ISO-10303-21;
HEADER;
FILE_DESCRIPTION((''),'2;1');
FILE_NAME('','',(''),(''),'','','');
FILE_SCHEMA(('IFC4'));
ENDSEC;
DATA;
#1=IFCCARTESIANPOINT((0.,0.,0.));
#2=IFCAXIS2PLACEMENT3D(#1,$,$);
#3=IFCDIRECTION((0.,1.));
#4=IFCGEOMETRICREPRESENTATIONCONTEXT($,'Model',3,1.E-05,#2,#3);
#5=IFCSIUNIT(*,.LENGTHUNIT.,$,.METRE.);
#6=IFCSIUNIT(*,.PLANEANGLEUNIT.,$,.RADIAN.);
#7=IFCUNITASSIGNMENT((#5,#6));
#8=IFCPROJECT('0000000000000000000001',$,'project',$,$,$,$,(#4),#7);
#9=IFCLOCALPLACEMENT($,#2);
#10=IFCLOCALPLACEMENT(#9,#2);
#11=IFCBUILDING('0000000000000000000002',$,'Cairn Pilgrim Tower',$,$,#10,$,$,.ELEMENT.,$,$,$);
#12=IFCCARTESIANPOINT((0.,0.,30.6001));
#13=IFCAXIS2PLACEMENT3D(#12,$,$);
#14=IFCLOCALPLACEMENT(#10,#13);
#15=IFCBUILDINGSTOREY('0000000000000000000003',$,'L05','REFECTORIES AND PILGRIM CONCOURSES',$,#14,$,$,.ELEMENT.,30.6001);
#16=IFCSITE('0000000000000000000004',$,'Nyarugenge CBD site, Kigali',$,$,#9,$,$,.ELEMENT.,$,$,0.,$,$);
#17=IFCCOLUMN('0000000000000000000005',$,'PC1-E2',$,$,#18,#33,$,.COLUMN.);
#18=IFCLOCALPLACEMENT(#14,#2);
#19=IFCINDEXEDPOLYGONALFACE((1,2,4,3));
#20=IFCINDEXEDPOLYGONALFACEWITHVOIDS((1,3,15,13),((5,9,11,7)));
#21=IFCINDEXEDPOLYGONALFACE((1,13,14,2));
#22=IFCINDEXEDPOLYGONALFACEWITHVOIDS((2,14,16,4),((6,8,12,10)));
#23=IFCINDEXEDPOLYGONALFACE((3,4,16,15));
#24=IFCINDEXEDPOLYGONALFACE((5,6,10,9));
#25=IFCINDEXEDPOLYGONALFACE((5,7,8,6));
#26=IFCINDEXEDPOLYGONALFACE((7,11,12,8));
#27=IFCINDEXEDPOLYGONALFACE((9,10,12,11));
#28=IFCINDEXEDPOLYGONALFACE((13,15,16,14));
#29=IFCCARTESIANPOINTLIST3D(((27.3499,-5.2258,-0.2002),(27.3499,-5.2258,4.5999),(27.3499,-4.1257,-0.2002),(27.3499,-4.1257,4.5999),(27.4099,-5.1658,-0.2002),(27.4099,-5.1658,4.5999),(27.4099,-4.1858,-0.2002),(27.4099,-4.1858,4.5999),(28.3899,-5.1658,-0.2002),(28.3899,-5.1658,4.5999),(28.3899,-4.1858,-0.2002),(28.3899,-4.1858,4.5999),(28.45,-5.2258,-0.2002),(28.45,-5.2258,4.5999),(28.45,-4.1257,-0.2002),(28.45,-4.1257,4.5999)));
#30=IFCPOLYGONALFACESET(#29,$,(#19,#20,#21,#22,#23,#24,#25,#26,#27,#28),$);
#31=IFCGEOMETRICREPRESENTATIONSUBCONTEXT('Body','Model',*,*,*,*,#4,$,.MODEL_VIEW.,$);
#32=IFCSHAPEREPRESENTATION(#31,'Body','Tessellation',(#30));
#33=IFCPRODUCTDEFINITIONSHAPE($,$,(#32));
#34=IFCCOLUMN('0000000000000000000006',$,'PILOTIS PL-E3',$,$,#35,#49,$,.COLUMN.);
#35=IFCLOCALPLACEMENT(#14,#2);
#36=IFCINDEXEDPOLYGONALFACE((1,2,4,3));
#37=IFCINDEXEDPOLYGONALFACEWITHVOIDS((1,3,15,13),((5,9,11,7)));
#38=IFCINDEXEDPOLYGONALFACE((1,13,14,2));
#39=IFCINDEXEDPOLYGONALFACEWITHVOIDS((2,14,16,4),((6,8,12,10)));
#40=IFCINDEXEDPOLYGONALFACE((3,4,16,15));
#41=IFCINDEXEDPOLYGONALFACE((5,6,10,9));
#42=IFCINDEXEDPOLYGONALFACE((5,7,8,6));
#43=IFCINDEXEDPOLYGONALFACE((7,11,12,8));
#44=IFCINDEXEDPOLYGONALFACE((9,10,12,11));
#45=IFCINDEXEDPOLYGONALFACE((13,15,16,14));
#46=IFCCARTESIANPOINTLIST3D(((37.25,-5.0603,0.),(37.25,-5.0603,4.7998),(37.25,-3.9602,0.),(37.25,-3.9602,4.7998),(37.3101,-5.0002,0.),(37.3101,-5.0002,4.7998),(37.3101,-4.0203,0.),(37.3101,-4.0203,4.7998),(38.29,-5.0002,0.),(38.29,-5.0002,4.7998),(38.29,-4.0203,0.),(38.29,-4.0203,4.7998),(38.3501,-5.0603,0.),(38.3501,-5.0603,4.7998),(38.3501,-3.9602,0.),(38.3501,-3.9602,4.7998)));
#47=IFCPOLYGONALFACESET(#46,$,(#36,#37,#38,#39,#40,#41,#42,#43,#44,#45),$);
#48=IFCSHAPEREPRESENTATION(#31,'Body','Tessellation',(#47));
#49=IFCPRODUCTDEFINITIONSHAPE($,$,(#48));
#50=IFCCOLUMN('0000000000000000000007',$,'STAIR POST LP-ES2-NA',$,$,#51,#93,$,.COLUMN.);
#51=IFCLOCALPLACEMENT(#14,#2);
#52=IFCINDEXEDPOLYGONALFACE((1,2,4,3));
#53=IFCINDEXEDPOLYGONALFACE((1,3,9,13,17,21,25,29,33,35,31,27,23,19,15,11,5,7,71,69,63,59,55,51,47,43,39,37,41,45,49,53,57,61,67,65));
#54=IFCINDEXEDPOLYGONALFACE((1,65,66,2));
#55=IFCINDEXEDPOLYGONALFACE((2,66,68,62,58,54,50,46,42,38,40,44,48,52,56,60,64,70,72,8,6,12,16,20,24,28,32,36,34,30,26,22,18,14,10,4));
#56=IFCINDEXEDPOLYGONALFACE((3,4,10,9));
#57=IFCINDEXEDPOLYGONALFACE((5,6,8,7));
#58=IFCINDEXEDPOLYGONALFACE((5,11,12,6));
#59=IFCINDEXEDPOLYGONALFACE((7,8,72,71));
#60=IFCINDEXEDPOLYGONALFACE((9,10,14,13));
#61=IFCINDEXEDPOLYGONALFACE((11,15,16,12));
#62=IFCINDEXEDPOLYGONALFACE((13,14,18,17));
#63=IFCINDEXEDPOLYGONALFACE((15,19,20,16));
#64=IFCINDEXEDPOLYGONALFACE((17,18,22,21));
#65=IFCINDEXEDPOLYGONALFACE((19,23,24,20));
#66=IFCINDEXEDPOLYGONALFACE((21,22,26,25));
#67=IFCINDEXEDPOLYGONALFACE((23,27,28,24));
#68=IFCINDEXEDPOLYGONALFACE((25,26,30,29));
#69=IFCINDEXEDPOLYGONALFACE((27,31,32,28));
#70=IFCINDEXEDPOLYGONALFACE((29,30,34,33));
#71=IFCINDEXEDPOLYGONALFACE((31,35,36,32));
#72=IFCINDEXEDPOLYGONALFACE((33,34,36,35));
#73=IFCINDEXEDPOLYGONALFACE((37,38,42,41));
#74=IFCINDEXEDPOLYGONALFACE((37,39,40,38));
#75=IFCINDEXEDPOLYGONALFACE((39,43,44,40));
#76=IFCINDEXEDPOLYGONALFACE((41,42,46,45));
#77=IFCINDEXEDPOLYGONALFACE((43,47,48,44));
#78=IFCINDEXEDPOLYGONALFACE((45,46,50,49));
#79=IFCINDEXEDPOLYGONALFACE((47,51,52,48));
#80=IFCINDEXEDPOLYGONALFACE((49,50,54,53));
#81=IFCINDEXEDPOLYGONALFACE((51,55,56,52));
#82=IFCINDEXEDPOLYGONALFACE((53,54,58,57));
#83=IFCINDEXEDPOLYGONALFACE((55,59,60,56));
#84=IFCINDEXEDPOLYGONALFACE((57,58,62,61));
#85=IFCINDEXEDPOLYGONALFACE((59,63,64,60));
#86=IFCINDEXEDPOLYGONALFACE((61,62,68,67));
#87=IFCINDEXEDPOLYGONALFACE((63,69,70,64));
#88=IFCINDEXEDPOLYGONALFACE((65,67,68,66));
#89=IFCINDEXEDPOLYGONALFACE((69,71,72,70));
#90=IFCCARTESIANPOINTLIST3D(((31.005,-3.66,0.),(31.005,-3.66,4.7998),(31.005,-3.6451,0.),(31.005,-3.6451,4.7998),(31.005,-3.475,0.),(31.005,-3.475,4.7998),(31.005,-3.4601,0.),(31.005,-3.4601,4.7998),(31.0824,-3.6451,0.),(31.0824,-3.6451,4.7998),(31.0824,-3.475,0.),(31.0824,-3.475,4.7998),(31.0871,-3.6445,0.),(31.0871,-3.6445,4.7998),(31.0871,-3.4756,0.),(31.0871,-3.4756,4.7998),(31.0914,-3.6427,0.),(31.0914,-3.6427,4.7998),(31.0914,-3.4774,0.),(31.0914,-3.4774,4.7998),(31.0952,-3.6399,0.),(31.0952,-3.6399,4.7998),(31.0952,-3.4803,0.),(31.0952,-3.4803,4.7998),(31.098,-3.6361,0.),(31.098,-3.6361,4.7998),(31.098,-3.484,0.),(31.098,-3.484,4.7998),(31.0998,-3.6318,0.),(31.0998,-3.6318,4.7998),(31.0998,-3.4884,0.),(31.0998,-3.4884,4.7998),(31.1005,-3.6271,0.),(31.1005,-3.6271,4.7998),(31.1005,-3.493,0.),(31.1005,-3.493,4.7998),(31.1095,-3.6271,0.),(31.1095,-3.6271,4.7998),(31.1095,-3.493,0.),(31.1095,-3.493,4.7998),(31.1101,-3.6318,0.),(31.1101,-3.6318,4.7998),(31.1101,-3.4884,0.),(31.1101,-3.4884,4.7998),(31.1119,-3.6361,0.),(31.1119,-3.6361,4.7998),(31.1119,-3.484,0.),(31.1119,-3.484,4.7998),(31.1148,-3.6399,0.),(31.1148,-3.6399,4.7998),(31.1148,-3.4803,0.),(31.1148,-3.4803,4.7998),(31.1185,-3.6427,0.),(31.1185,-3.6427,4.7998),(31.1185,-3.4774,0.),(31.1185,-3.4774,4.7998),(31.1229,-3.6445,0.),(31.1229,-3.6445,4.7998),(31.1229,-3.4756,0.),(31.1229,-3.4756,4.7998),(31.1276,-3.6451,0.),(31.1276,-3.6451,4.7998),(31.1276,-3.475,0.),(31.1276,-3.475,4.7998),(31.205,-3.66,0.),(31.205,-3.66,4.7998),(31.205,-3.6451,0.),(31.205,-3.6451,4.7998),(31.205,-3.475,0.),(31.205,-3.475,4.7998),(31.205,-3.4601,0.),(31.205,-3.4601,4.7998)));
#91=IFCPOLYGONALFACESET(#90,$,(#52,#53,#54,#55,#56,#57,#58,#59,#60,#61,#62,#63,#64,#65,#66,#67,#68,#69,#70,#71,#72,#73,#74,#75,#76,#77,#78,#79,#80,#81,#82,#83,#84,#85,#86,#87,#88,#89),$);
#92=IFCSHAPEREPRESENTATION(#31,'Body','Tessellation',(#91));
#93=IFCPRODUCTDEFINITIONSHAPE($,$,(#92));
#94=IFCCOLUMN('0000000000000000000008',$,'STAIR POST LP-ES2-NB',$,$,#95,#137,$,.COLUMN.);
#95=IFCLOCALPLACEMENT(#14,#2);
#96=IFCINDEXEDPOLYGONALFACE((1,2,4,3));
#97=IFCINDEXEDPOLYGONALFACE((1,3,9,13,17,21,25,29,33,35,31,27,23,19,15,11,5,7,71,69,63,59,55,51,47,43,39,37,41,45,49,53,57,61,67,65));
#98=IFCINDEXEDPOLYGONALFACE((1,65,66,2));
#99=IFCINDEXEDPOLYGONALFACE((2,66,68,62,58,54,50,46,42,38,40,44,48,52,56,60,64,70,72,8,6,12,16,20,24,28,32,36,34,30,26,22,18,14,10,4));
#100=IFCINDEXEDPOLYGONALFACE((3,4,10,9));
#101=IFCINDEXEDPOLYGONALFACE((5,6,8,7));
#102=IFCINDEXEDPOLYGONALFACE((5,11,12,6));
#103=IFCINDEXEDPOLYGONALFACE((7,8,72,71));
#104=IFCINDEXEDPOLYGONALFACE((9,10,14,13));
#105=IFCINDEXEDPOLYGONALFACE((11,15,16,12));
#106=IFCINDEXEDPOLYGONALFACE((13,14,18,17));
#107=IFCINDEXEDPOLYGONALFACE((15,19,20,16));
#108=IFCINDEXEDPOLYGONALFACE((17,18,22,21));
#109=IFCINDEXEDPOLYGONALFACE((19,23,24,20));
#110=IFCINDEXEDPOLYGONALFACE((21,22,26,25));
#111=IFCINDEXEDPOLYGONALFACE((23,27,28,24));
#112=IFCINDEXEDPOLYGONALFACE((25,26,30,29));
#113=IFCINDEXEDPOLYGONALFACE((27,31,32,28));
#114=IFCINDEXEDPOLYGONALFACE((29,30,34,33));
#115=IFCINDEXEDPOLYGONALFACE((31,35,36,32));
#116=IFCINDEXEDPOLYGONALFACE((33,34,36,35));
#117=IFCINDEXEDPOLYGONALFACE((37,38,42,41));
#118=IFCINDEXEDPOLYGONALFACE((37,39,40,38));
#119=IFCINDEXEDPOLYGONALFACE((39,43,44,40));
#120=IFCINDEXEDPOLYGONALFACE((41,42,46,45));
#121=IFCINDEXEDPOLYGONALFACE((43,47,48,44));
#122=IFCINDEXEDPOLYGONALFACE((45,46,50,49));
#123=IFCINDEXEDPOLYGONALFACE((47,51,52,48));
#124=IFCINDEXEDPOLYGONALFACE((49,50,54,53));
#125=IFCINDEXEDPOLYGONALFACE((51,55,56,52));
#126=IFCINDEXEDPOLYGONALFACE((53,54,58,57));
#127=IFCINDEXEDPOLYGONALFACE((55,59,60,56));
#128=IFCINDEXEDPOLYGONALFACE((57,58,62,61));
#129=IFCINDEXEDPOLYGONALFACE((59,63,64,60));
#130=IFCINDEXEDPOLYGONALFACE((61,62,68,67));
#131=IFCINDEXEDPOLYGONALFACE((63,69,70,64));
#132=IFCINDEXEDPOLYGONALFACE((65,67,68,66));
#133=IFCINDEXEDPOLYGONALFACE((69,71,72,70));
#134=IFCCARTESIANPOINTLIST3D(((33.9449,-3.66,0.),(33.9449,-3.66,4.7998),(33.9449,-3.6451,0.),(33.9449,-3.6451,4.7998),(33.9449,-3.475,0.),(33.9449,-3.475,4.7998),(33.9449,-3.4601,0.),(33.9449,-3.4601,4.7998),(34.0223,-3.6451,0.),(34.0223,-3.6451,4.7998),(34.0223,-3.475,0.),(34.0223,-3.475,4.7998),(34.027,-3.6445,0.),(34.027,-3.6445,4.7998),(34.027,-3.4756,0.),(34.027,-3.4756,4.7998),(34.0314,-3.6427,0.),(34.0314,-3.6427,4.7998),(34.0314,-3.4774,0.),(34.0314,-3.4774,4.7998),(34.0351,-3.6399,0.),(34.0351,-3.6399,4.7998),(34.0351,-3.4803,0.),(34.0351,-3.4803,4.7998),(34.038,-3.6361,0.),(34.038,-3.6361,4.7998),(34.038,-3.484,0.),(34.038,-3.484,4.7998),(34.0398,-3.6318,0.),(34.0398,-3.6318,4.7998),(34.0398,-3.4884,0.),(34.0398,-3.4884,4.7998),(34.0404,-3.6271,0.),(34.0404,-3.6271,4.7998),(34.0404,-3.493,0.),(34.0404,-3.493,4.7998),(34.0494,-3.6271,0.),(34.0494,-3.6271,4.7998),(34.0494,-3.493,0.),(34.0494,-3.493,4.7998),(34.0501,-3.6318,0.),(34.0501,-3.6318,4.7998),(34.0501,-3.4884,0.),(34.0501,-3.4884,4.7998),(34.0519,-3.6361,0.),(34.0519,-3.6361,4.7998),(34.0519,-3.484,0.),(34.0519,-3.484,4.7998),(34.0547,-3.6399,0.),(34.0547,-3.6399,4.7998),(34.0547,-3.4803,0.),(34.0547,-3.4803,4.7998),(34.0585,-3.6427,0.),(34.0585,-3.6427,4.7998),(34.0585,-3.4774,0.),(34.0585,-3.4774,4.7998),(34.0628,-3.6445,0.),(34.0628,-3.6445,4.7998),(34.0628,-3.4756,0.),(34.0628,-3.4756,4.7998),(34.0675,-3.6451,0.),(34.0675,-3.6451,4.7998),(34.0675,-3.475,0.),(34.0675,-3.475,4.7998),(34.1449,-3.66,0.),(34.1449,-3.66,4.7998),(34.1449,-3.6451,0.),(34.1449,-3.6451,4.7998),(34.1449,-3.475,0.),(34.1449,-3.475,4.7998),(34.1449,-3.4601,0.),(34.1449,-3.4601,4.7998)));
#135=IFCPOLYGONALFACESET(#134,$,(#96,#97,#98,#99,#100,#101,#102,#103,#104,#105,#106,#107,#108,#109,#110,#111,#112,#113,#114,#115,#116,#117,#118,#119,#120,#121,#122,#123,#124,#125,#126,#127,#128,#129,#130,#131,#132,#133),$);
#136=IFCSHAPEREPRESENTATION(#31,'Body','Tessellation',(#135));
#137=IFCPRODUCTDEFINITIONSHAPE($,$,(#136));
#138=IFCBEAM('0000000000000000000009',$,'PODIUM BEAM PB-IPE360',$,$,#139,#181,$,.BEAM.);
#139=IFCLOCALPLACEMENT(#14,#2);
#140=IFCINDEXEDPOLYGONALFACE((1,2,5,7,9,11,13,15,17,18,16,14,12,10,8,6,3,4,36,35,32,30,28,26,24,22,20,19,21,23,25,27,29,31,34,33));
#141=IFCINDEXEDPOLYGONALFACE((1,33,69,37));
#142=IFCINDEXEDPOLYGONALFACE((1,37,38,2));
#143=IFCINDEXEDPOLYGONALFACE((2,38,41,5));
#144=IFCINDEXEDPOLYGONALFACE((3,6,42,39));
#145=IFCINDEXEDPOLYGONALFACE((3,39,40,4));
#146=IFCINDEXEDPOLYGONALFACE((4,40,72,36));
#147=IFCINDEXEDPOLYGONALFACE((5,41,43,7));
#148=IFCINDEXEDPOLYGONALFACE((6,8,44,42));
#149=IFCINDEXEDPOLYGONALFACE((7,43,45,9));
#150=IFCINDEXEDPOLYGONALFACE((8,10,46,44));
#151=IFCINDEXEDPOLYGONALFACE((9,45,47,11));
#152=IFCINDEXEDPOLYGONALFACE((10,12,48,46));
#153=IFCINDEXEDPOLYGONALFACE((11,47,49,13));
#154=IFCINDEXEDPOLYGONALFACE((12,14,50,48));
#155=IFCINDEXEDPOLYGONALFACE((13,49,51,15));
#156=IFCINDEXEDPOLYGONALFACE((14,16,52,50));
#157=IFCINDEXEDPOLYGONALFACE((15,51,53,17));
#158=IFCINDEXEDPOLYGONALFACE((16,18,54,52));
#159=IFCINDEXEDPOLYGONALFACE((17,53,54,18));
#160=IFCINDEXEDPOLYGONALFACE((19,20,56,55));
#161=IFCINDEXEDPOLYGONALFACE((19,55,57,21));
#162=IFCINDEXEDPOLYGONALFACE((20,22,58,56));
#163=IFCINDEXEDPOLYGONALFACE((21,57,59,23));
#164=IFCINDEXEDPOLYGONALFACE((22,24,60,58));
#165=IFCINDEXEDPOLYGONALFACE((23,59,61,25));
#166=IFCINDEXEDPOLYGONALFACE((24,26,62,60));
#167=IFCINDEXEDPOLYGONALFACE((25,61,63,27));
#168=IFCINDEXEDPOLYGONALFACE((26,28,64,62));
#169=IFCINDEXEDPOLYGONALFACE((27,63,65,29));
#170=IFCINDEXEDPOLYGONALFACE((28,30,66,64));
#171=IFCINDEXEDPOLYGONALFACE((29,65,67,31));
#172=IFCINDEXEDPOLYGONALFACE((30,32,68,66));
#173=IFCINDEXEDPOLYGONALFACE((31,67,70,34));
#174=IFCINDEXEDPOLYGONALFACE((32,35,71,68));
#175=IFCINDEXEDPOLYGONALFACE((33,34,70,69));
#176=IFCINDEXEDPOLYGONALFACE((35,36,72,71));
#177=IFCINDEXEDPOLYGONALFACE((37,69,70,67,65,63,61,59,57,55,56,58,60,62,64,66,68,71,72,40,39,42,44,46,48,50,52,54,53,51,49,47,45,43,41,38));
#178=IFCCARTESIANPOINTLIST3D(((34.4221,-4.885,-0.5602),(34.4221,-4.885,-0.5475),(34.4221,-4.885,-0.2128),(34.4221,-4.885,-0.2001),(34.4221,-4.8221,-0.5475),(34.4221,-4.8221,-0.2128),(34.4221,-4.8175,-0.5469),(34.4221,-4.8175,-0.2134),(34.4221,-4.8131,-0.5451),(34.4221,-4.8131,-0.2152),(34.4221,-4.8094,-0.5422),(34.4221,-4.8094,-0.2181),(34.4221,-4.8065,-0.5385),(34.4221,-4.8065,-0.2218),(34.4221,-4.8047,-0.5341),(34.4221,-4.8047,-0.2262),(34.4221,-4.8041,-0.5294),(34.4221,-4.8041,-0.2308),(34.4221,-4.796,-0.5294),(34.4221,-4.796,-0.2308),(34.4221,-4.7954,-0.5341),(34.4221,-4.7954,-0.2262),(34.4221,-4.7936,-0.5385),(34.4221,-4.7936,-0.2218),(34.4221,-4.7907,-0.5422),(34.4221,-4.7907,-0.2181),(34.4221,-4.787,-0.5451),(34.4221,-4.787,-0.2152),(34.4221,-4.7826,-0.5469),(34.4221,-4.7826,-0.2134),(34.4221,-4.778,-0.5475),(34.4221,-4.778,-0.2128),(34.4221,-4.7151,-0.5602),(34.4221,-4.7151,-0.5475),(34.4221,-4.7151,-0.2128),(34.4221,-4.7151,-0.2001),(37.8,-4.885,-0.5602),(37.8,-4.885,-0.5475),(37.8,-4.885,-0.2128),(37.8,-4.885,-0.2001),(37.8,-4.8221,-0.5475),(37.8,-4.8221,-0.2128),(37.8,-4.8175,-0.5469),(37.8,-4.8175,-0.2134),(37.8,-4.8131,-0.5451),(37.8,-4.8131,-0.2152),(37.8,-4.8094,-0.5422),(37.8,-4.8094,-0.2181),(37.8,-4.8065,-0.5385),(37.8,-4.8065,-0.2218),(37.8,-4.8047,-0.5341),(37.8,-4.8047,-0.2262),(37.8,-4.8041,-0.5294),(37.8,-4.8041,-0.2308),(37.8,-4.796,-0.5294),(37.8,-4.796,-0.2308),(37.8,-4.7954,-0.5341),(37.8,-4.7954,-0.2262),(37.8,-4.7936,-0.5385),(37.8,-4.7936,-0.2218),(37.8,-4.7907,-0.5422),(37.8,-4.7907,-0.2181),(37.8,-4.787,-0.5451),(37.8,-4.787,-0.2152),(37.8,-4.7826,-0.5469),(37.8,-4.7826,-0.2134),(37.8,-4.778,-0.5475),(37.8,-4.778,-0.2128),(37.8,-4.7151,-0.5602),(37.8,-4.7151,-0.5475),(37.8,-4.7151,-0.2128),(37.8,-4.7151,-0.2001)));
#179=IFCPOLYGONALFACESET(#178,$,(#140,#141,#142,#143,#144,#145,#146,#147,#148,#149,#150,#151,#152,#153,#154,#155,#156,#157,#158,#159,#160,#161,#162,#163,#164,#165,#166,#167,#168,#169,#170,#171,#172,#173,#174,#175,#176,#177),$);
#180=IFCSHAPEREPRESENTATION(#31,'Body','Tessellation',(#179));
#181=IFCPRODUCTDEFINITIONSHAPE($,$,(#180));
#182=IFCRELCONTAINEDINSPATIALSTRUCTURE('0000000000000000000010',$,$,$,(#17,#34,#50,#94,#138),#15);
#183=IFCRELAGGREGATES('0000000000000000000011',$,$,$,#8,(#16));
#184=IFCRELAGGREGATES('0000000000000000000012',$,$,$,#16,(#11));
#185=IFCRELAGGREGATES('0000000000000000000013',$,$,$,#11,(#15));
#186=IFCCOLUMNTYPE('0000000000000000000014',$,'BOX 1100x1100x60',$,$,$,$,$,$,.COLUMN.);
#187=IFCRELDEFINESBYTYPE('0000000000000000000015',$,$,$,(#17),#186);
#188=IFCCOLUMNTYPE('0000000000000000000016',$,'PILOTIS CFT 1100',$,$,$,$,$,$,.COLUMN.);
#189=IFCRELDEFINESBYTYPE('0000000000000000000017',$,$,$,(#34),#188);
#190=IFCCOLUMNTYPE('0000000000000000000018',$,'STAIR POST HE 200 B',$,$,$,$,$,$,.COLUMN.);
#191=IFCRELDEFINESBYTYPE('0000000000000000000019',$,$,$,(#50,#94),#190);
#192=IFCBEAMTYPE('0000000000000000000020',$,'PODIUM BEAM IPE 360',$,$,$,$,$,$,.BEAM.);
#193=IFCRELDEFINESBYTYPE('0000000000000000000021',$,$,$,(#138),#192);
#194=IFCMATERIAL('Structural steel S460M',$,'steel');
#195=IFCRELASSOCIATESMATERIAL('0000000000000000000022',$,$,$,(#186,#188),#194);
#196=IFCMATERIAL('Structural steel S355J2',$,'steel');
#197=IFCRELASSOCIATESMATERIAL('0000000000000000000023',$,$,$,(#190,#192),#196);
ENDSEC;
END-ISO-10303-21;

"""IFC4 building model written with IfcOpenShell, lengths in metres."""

from ifc_helpers import new_model, si_unit, direction, frame, origin, origin_2d, place, context, subcontext, project, spatial, hollow_rectangle, i_section, extrude, material, material_profile, profile_set, type_object, element, save


model = new_model("IFC4")

# Units and contexts
model_context = context("Model", 3, precision=1e-05, world=origin(), true_north=direction((0.0, 1.0)))
body_context = subcontext(model_context, "Body", "Model", "MODEL_VIEW")
ifc_project = project(units=[si_unit("LENGTHUNIT", "METRE"), si_unit("PLANEANGLEUNIT", "RADIAN")], contexts=[model_context])

# Site, building, storey
site_placement = place(None, origin())
site = spatial("IfcSite", under=ifc_project, at=site_placement, Name="Nyarugenge CBD site, Kigali", CompositionType="ELEMENT", RefElevation=0.0)
building_placement = place(site_placement, origin())
building = spatial("IfcBuilding", under=site, at=building_placement, Name="Cairn Pilgrim Tower", CompositionType="ELEMENT")
storey_placement = place(building_placement, frame((0.0, 0.0, 30.6001)))
storey = spatial("IfcBuildingStorey", under=building, at=storey_placement, Name="L05", Description="REFECTORIES AND PILGRIM CONCOURSES", CompositionType="ELEMENT", Elevation=30.6001)

# Columns
ifc_material_1 = material(Name="Structural steel S460M", Category="steel")
ifc_material_profile_1 = material_profile(ifc_material_1, hollow_rectangle(XDim=1.1001, YDim=1.1001, WallThickness=0.0601, at=origin_2d()), Name="BOX 1100x1100x60")
ifc_profile_set_1 = profile_set([ifc_material_profile_1], Name="Structural steel S460M")
column_type_1 = type_object("IfcColumnType", Name="BOX 1100x1100x60", PredefinedType="COLUMN", material=ifc_profile_set_1)
column_1_placement = place(storey_placement, frame((27.8999, -4.6758, -0.2002), z_axis=(0.0, 0.0, 1.0), x_axis=(1.0, 0.0, 0.0)))
element("IfcColumn", 1, at=column_1_placement, inside=storey, type_object=column_type_1, Name="PC1-E2", PredefinedType="COLUMN", context=body_context, shape_type="SweptSolid", body=[
    extrude(hollow_rectangle(XDim=1.1001, YDim=1.1001, WallThickness=0.0601, at=origin_2d()), origin(), (0.0, 0.0, 1.0), 4.8),
])
ifc_material_profile_2 = material_profile(ifc_material_1, hollow_rectangle(XDim=1.1001, YDim=1.1001, WallThickness=0.0601, at=origin_2d()), Name="BOX 1100x1100x60")
ifc_profile_set_2 = profile_set([ifc_material_profile_2], Name="Structural steel S460M")
column_type_2 = type_object("IfcColumnType", Name="PILOTIS CFT 1100", PredefinedType="COLUMN", material=ifc_profile_set_2)
column_2_placement = place(storey_placement, frame((37.8, -4.5103, 0.0), z_axis=(0.0, 0.0, 1.0), x_axis=(1.0, 0.0, 0.0)))
element("IfcColumn", 2, at=column_2_placement, inside=storey, type_object=column_type_2, Name="PILOTIS PL-E3", PredefinedType="COLUMN", context=body_context, shape_type="SweptSolid", body=[
    extrude(hollow_rectangle(XDim=1.1001, YDim=1.1001, WallThickness=0.0601, at=origin_2d()), origin(), (0.0, 0.0, 1.0), 4.7998),
])
ifc_material_2 = material(Name="Structural steel S355J2", Category="steel")
ifc_material_profile_3 = material_profile(ifc_material_2, i_section(OverallWidth=0.2, OverallDepth=0.2, WebThickness=0.009, FlangeThickness=0.0149, FilletRadius=0.0181, at=origin_2d()), Name="HE 200 B")
ifc_profile_set_3 = profile_set([ifc_material_profile_3], Name="Structural steel S355J2")
column_type_3 = type_object("IfcColumnType", Name="STAIR POST HE 200 B", PredefinedType="COLUMN", material=ifc_profile_set_3)
for number, where, z_axis, x_axis, name in (
    (3, (31.105, -3.5601, 0.0), (0.0, 0.0, 1.0), (1.0, 0.0, 0.0), "STAIR POST LP-ES2-NA"),
    (4, (34.0449, -3.5601, 0.0), (0.0, 0.0, 1.0), (1.0, 0.0, 0.0), "STAIR POST LP-ES2-NB"),
):
    element("IfcColumn", number, at=place(storey_placement, frame(where, z_axis=z_axis, x_axis=x_axis)), inside=storey, type_object=column_type_3, Name=name, PredefinedType="COLUMN", context=body_context, shape_type="SweptSolid", body=[
        extrude(i_section(OverallWidth=0.2, OverallDepth=0.2, WebThickness=0.009, FlangeThickness=0.0149, FilletRadius=0.0181, at=origin_2d()), origin(), (0.0, 0.0, 1.0), 4.7998),
    ])

# Beam
ifc_material_profile_4 = material_profile(ifc_material_2, i_section(OverallWidth=0.1699, OverallDepth=0.3601, WebThickness=0.0081, FlangeThickness=0.0127, FilletRadius=0.0181, at=origin_2d()), Name="IPE 360")
ifc_profile_set_4 = profile_set([ifc_material_profile_4], Name="Structural steel S355J2")
beam_type_1 = type_object("IfcBeamType", Name="PODIUM BEAM IPE 360", PredefinedType="BEAM", material=ifc_profile_set_4)
beam_1_placement = place(storey_placement, frame((34.4221, -4.8, -0.3801), z_axis=(1.0, 0.0, 0.0), x_axis=(0.0, 1.0, 0.0)))
element("IfcBeam", 5, at=beam_1_placement, inside=storey, type_object=beam_type_1, Name="PODIUM BEAM PB-IPE360", PredefinedType="BEAM", context=body_context, shape_type="SweptSolid", body=[
    extrude(i_section(OverallWidth=0.1699, OverallDepth=0.3601, WebThickness=0.0081, FlangeThickness=0.0127, FilletRadius=0.0181, at=origin_2d()), origin(), (0.0, 0.0, 1.0), 3.3779),
])

save(model, "model.ifc")
